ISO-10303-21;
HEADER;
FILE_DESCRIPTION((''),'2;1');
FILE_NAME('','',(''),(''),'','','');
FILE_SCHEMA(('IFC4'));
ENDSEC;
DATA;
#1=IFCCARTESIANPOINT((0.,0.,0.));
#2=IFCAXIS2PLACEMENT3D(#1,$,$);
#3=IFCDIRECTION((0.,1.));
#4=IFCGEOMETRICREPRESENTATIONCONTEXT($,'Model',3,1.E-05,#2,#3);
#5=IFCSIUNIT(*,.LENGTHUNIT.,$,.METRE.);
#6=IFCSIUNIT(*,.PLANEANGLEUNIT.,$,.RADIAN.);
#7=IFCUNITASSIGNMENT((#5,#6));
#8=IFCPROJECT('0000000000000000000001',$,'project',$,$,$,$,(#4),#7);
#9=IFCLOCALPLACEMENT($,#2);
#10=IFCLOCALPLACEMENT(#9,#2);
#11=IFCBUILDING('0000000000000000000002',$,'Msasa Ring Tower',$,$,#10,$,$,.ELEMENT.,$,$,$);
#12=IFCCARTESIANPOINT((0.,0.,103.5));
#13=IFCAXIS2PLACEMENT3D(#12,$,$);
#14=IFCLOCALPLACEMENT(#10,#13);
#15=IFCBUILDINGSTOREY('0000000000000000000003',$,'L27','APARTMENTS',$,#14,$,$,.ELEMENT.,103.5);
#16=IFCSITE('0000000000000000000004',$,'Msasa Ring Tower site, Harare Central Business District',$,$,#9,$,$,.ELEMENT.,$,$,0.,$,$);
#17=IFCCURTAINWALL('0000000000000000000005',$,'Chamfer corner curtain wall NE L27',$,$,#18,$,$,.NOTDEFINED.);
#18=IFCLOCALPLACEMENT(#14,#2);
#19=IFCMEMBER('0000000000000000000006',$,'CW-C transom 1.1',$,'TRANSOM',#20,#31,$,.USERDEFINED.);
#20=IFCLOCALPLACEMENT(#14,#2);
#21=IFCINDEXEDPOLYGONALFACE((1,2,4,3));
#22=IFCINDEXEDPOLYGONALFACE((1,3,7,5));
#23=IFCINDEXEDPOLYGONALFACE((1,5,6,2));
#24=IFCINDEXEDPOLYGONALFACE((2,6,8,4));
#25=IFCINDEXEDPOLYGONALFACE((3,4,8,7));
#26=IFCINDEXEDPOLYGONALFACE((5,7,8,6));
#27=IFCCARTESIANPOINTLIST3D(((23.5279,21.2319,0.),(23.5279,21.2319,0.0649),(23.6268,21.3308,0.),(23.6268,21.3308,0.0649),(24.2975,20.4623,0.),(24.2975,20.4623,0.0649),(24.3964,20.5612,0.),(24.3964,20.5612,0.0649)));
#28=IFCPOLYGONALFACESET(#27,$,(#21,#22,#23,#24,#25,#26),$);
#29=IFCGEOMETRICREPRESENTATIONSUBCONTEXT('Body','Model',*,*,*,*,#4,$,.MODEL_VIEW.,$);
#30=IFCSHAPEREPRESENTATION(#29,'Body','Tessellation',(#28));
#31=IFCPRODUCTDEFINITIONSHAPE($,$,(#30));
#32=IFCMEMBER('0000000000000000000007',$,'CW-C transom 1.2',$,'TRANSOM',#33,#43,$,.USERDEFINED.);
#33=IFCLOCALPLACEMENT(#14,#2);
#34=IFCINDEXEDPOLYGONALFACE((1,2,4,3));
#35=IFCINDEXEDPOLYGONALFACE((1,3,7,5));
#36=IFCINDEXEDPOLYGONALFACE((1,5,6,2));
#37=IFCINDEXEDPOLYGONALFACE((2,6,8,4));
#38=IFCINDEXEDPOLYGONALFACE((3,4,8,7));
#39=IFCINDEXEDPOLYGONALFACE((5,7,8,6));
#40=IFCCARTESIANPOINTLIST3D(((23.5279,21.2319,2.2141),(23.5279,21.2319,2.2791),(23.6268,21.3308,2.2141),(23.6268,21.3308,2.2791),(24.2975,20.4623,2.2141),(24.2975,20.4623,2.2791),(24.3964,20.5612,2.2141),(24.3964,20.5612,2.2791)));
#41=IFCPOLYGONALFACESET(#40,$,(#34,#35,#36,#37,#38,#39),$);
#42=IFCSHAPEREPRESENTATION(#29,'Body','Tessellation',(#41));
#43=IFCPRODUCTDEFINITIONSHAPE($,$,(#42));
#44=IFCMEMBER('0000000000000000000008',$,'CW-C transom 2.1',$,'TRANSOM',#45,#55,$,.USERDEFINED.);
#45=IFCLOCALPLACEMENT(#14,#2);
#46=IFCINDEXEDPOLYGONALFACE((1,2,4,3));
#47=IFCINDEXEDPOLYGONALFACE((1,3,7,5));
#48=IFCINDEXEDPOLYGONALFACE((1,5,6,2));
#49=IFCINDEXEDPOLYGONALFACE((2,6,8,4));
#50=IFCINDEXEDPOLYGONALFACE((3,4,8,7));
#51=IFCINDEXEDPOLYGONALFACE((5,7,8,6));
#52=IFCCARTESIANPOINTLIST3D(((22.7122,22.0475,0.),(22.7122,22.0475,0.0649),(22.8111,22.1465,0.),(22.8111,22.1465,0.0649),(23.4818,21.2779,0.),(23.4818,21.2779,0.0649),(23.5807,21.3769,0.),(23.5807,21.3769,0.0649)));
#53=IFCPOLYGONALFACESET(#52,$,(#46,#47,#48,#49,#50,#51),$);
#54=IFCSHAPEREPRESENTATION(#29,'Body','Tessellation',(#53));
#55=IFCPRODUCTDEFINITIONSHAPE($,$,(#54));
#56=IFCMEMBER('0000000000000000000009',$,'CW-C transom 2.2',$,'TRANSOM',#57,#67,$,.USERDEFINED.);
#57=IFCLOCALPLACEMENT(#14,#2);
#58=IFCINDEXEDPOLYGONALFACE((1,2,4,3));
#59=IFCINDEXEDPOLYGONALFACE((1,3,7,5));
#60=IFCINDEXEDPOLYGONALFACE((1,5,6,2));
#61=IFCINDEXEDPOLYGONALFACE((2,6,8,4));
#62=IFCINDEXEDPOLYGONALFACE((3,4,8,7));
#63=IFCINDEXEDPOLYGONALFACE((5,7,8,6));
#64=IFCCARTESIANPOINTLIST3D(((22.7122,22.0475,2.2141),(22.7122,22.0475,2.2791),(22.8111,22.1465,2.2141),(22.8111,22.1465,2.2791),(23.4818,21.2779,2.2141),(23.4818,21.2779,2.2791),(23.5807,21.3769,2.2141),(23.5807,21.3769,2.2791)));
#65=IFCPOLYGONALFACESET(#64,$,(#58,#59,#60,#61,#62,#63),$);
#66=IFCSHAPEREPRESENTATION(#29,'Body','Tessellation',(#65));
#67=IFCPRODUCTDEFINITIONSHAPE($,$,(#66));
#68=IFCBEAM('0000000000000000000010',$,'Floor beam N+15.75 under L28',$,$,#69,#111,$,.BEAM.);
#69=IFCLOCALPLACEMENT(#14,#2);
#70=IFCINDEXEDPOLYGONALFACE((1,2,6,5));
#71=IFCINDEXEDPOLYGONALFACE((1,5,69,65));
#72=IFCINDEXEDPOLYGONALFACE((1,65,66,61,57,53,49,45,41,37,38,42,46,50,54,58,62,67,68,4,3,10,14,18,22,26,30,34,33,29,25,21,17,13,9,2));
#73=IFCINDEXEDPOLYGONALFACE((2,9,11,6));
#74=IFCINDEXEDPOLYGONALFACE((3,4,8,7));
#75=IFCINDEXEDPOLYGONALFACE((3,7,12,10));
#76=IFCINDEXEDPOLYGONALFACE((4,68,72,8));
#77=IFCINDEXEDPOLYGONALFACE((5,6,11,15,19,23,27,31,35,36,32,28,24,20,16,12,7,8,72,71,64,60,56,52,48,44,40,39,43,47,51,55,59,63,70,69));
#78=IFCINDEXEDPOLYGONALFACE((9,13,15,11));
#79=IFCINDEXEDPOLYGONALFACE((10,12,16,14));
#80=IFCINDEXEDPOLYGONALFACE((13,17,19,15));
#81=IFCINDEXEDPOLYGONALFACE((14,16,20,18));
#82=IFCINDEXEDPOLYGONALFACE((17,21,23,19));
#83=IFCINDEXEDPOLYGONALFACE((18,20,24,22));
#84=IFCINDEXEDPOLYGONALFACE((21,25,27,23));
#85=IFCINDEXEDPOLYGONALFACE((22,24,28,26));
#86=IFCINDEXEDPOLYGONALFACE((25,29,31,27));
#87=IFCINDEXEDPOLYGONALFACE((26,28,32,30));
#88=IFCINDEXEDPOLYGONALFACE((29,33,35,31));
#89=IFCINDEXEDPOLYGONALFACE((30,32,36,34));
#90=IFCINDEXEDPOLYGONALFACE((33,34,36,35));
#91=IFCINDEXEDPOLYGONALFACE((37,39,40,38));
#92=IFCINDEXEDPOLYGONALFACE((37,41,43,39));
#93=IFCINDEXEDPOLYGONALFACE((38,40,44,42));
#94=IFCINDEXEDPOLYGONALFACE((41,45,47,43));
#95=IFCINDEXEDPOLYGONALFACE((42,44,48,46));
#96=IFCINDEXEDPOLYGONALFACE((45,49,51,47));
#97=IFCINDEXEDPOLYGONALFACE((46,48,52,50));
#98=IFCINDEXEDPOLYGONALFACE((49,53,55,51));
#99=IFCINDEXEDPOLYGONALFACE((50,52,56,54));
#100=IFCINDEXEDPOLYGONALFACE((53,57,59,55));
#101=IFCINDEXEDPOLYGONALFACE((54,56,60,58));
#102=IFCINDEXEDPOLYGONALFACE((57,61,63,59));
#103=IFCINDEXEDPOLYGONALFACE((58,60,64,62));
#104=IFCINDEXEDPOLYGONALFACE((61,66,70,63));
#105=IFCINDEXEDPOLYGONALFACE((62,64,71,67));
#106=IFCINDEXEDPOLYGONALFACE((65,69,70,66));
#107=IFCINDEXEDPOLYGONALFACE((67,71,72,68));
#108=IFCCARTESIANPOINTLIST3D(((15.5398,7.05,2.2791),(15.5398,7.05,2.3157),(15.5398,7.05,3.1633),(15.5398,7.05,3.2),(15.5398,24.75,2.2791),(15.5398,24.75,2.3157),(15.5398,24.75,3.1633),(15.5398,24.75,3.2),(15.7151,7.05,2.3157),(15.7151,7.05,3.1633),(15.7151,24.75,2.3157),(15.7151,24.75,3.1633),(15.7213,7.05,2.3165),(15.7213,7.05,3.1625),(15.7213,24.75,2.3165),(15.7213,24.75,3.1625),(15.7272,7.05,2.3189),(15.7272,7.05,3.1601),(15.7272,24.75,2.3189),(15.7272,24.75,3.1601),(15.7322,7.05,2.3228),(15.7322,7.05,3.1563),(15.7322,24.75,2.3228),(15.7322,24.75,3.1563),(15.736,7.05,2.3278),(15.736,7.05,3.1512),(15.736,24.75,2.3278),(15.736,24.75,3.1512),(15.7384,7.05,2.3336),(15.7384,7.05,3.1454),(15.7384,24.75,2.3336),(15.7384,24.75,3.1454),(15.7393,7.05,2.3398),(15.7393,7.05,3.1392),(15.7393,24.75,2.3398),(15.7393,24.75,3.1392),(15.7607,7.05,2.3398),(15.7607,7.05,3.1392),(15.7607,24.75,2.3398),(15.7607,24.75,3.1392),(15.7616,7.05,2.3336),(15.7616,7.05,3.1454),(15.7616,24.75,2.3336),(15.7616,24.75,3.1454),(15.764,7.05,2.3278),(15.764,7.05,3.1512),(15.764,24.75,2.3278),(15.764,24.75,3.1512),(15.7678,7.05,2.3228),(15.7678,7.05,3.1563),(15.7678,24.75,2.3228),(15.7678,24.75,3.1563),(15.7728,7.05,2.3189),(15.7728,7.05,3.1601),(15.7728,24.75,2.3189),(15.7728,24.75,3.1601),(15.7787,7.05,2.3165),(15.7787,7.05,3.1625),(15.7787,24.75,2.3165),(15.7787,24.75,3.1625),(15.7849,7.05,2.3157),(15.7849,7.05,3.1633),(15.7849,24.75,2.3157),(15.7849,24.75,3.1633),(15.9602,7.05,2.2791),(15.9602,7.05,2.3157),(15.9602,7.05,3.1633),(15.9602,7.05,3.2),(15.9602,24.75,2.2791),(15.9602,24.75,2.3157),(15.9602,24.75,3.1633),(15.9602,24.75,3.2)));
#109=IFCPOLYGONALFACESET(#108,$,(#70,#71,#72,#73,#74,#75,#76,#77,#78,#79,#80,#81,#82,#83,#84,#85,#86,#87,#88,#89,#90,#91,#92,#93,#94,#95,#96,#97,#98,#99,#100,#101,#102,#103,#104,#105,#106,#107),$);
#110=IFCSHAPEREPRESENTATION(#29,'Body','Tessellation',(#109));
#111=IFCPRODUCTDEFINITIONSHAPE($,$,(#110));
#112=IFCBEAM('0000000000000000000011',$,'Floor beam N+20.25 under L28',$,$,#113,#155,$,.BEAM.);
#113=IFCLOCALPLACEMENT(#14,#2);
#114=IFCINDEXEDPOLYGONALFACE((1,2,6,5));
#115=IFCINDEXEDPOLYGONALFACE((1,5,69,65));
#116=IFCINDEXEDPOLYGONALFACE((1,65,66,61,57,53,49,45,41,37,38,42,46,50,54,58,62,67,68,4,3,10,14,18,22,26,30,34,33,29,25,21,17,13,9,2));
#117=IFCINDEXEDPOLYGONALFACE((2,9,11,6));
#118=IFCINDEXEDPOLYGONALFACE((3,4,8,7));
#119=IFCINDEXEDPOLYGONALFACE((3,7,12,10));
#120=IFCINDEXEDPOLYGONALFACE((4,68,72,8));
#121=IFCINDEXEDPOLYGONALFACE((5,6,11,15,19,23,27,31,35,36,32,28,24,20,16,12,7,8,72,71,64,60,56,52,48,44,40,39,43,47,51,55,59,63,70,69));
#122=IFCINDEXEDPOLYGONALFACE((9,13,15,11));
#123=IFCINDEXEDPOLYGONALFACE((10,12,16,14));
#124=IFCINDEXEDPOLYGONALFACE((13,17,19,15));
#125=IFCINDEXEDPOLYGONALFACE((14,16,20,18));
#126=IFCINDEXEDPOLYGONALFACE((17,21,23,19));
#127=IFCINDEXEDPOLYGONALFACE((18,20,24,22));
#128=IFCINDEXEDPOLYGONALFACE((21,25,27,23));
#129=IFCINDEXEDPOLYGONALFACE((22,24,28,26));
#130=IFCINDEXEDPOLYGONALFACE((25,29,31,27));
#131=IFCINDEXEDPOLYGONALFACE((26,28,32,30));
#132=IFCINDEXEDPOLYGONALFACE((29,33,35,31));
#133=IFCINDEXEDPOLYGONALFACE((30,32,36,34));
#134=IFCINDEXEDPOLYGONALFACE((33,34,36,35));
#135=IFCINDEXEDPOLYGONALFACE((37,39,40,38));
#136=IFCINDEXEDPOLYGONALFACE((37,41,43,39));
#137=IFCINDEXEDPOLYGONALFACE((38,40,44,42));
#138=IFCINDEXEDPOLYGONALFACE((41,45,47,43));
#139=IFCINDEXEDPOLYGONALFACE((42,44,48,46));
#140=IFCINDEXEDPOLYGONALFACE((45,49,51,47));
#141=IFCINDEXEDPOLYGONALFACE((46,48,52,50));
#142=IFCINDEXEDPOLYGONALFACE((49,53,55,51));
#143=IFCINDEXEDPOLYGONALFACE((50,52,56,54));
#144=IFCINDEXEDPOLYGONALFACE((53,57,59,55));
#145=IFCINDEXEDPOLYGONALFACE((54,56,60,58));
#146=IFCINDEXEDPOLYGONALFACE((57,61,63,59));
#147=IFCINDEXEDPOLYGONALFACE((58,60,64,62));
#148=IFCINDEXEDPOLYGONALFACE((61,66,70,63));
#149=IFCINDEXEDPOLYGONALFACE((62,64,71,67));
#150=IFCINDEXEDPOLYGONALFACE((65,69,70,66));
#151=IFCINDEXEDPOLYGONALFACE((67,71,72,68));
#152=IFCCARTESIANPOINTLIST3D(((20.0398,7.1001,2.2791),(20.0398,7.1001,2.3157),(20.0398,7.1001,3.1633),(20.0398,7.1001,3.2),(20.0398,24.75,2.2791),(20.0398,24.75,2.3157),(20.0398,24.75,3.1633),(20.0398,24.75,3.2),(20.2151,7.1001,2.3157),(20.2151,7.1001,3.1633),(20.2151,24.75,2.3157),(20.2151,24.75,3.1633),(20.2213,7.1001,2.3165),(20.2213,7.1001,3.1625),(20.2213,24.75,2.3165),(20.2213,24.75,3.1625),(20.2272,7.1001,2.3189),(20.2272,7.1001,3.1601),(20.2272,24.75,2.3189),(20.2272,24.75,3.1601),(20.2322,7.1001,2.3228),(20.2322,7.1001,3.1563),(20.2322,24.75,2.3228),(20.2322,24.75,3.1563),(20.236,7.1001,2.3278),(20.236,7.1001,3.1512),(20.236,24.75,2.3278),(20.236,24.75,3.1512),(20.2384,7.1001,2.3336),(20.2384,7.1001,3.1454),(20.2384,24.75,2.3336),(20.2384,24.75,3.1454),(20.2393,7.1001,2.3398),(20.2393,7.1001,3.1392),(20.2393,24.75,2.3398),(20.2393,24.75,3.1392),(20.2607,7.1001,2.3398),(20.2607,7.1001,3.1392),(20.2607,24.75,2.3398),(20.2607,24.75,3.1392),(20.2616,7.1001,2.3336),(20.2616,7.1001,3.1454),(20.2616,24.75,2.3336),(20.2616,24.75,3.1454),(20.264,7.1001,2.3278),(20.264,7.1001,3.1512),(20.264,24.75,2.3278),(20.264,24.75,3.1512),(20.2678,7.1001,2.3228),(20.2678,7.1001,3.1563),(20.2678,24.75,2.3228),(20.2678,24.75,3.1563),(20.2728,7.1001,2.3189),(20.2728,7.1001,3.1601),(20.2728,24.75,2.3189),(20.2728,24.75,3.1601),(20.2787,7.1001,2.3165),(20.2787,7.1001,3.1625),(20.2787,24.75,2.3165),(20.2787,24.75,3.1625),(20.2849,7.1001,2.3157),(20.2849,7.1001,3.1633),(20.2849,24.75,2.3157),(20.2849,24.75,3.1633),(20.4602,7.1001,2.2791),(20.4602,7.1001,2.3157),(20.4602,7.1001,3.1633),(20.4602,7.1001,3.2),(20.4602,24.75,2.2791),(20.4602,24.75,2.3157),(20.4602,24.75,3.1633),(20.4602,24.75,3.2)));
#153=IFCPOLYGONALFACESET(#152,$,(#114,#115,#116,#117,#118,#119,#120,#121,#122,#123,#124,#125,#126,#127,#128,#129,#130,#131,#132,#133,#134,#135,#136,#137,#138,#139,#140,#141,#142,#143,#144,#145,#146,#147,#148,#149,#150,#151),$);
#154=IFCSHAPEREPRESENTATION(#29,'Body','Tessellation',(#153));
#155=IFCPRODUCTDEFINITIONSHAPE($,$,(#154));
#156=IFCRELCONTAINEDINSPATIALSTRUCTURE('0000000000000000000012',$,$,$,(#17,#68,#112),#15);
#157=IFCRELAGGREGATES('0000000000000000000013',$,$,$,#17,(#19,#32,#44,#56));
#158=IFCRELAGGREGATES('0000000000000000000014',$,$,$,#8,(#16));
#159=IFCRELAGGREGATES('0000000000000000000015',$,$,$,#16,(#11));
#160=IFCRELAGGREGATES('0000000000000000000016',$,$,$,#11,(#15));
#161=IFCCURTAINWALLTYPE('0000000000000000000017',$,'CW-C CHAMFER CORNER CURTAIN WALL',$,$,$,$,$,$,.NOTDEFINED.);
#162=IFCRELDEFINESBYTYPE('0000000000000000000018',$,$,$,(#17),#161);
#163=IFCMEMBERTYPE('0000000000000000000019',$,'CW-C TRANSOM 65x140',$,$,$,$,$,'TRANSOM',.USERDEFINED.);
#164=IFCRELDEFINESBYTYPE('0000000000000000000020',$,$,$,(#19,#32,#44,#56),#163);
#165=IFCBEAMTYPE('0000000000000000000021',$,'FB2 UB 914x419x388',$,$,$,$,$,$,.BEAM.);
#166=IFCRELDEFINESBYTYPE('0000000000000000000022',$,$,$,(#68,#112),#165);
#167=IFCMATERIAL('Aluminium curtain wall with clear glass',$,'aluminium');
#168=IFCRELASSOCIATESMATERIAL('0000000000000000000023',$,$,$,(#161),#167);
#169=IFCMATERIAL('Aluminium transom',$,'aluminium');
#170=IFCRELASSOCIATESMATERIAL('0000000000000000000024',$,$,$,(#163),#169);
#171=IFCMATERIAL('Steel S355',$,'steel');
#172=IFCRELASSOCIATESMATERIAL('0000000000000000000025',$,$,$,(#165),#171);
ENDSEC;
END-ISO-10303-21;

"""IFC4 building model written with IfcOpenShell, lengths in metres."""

from ifc_helpers import new_model, si_unit, direction, frame, origin, origin_2d, place, context, subcontext, project, spatial, rectangle, i_section, extrude, material, material_profile, profile_set, type_object, element, aggregate, save


model = new_model("IFC4")

# Units and contexts
model_context = context("Model", 3, precision=1e-05, world=origin(), true_north=direction((0.0, 1.0)))
body_context = subcontext(model_context, "Body", "Model", "MODEL_VIEW")
ifc_project = project(units=[si_unit("LENGTHUNIT", "METRE"), si_unit("PLANEANGLEUNIT", "RADIAN")], contexts=[model_context])

# Site, building, storey
site_placement = place(None, origin())
site = spatial("IfcSite", under=ifc_project, at=site_placement, Name="Msasa Ring Tower site, Harare Central Business District", CompositionType="ELEMENT", RefElevation=0.0)
building_placement = place(site_placement, origin())
building = spatial("IfcBuilding", under=site, at=building_placement, Name="Msasa Ring Tower", CompositionType="ELEMENT")
storey_placement = place(building_placement, frame((0.0, 0.0, 103.5)))
storey = spatial("IfcBuildingStorey", under=building, at=storey_placement, Name="L27", Description="APARTMENTS", CompositionType="ELEMENT", Elevation=103.5)

# Curtain wall
ifc_material_1 = material(Name="Aluminium curtain wall with clear glass", Category="aluminium")
curtain_wall_type = type_object("IfcCurtainWallType", Name="CW-C CHAMFER CORNER CURTAIN WALL", PredefinedType="NOTDEFINED", material=ifc_material_1)
curtain_wall_1_placement = place(storey_placement, origin())
curtain_wall_1 = element("IfcCurtainWall", 1, at=curtain_wall_1_placement, inside=storey, type_object=curtain_wall_type, Name="Chamfer corner curtain wall NE L27", PredefinedType="NOTDEFINED")

# Members
ifc_material_2 = material(Name="Aluminium transom", Category="aluminium")
ifc_material_profile_1 = material_profile(ifc_material_2, rectangle(XDim=0.1399, YDim=0.0649, at=origin_2d()), Name="AL 65x140")
ifc_profile_set_1 = profile_set([ifc_material_profile_1], Name="Aluminium transom")
member_type_1 = type_object("IfcMemberType", Name="CW-C TRANSOM 65x140", ElementType="TRANSOM", PredefinedType="USERDEFINED", material=ifc_profile_set_1)
member_1_placement = place(storey_placement, frame((24.3469, 20.5117, 0.0325), z_axis=(-0.707107, 0.707107, 0.0), x_axis=(-0.707107, -0.707107, 0.0)))
member_1 = element("IfcMember", 2, at=member_1_placement, type_object=member_type_1, Name="CW-C transom 1.1", ObjectType="TRANSOM", PredefinedType="USERDEFINED", context=body_context, shape_type="SweptSolid", body=[
    extrude(rectangle(XDim=0.1399, YDim=0.0649, at=origin_2d()), origin(), (0.0, 0.0, 1.0), 1.0884),
])
member_2_placement = place(storey_placement, frame((24.3469, 20.5117, 2.2466), z_axis=(-0.707107, 0.707107, 0.0), x_axis=(-0.707107, -0.707107, 0.0)))
member_2 = element("IfcMember", 3, at=member_2_placement, type_object=member_type_1, Name="CW-C transom 1.2", ObjectType="TRANSOM", PredefinedType="USERDEFINED", context=body_context, shape_type="SweptSolid", body=[
    extrude(rectangle(XDim=0.1399, YDim=0.0649, at=origin_2d()), origin(), (0.0, 0.0, 1.0), 1.0884),
])
member_3_placement = place(storey_placement, frame((23.5312, 21.3274, 0.0325), z_axis=(-0.707107, 0.707107, 0.0), x_axis=(-0.707107, -0.707107, 0.0)))
member_3 = element("IfcMember", 4, at=member_3_placement, type_object=member_type_1, Name="CW-C transom 2.1", ObjectType="TRANSOM", PredefinedType="USERDEFINED", context=body_context, shape_type="SweptSolid", body=[
    extrude(rectangle(XDim=0.1399, YDim=0.0649, at=origin_2d()), origin(), (0.0, 0.0, 1.0), 1.0884),
])
member_4_placement = place(storey_placement, frame((23.5312, 21.3274, 2.2466), z_axis=(-0.707107, 0.707107, 0.0), x_axis=(-0.707107, -0.707107, 0.0)))
member_4 = element("IfcMember", 5, at=member_4_placement, type_object=member_type_1, Name="CW-C transom 2.2", ObjectType="TRANSOM", PredefinedType="USERDEFINED", context=body_context, shape_type="SweptSolid", body=[
    extrude(rectangle(XDim=0.1399, YDim=0.0649, at=origin_2d()), origin(), (0.0, 0.0, 1.0), 1.0884),
])

# Beams
ifc_material_3 = material(Name="Steel S355", Category="steel")
ifc_material_profile_2 = material_profile(ifc_material_3, i_section(OverallWidth=0.4204, OverallDepth=0.9209, WebThickness=0.0215, FlangeThickness=0.0366, FilletRadius=0.0242, at=origin_2d()), Name="UB 914x419x388")
ifc_profile_set_2 = profile_set([ifc_material_profile_2], Name="Steel S355")
beam_type_1 = type_object("IfcBeamType", Name="FB2 UB 914x419x388", PredefinedType="BEAM", material=ifc_profile_set_2)
beam_1_placement = place(storey_placement, frame((15.75, 24.75, 2.7395), z_axis=(0.0, -1.0, 0.0), x_axis=(1.0, 0.0, 0.0)))
element("IfcBeam", 6, at=beam_1_placement, inside=storey, type_object=beam_type_1, Name="Floor beam N+15.75 under L28", PredefinedType="BEAM", context=body_context, shape_type="SweptSolid", body=[
    extrude(i_section(OverallWidth=0.4204, OverallDepth=0.9209, WebThickness=0.0215, FlangeThickness=0.0366, FilletRadius=0.0242, at=origin_2d()), origin(), (0.0, 0.0, 1.0), 17.7),
])
beam_2_placement = place(storey_placement, frame((20.25, 24.75, 2.7395), z_axis=(0.0, -1.0, 0.0), x_axis=(1.0, 0.0, 0.0)))
element("IfcBeam", 7, at=beam_2_placement, inside=storey, type_object=beam_type_1, Name="Floor beam N+20.25 under L28", PredefinedType="BEAM", context=body_context, shape_type="SweptSolid", body=[
    extrude(i_section(OverallWidth=0.4204, OverallDepth=0.9209, WebThickness=0.0215, FlangeThickness=0.0366, FilletRadius=0.0242, at=origin_2d()), origin(), (0.0, 0.0, 1.0), 17.6499),
])

aggregate(curtain_wall_1, [member_1, member_2, member_3, member_4])

save(model, "model.ifc")
